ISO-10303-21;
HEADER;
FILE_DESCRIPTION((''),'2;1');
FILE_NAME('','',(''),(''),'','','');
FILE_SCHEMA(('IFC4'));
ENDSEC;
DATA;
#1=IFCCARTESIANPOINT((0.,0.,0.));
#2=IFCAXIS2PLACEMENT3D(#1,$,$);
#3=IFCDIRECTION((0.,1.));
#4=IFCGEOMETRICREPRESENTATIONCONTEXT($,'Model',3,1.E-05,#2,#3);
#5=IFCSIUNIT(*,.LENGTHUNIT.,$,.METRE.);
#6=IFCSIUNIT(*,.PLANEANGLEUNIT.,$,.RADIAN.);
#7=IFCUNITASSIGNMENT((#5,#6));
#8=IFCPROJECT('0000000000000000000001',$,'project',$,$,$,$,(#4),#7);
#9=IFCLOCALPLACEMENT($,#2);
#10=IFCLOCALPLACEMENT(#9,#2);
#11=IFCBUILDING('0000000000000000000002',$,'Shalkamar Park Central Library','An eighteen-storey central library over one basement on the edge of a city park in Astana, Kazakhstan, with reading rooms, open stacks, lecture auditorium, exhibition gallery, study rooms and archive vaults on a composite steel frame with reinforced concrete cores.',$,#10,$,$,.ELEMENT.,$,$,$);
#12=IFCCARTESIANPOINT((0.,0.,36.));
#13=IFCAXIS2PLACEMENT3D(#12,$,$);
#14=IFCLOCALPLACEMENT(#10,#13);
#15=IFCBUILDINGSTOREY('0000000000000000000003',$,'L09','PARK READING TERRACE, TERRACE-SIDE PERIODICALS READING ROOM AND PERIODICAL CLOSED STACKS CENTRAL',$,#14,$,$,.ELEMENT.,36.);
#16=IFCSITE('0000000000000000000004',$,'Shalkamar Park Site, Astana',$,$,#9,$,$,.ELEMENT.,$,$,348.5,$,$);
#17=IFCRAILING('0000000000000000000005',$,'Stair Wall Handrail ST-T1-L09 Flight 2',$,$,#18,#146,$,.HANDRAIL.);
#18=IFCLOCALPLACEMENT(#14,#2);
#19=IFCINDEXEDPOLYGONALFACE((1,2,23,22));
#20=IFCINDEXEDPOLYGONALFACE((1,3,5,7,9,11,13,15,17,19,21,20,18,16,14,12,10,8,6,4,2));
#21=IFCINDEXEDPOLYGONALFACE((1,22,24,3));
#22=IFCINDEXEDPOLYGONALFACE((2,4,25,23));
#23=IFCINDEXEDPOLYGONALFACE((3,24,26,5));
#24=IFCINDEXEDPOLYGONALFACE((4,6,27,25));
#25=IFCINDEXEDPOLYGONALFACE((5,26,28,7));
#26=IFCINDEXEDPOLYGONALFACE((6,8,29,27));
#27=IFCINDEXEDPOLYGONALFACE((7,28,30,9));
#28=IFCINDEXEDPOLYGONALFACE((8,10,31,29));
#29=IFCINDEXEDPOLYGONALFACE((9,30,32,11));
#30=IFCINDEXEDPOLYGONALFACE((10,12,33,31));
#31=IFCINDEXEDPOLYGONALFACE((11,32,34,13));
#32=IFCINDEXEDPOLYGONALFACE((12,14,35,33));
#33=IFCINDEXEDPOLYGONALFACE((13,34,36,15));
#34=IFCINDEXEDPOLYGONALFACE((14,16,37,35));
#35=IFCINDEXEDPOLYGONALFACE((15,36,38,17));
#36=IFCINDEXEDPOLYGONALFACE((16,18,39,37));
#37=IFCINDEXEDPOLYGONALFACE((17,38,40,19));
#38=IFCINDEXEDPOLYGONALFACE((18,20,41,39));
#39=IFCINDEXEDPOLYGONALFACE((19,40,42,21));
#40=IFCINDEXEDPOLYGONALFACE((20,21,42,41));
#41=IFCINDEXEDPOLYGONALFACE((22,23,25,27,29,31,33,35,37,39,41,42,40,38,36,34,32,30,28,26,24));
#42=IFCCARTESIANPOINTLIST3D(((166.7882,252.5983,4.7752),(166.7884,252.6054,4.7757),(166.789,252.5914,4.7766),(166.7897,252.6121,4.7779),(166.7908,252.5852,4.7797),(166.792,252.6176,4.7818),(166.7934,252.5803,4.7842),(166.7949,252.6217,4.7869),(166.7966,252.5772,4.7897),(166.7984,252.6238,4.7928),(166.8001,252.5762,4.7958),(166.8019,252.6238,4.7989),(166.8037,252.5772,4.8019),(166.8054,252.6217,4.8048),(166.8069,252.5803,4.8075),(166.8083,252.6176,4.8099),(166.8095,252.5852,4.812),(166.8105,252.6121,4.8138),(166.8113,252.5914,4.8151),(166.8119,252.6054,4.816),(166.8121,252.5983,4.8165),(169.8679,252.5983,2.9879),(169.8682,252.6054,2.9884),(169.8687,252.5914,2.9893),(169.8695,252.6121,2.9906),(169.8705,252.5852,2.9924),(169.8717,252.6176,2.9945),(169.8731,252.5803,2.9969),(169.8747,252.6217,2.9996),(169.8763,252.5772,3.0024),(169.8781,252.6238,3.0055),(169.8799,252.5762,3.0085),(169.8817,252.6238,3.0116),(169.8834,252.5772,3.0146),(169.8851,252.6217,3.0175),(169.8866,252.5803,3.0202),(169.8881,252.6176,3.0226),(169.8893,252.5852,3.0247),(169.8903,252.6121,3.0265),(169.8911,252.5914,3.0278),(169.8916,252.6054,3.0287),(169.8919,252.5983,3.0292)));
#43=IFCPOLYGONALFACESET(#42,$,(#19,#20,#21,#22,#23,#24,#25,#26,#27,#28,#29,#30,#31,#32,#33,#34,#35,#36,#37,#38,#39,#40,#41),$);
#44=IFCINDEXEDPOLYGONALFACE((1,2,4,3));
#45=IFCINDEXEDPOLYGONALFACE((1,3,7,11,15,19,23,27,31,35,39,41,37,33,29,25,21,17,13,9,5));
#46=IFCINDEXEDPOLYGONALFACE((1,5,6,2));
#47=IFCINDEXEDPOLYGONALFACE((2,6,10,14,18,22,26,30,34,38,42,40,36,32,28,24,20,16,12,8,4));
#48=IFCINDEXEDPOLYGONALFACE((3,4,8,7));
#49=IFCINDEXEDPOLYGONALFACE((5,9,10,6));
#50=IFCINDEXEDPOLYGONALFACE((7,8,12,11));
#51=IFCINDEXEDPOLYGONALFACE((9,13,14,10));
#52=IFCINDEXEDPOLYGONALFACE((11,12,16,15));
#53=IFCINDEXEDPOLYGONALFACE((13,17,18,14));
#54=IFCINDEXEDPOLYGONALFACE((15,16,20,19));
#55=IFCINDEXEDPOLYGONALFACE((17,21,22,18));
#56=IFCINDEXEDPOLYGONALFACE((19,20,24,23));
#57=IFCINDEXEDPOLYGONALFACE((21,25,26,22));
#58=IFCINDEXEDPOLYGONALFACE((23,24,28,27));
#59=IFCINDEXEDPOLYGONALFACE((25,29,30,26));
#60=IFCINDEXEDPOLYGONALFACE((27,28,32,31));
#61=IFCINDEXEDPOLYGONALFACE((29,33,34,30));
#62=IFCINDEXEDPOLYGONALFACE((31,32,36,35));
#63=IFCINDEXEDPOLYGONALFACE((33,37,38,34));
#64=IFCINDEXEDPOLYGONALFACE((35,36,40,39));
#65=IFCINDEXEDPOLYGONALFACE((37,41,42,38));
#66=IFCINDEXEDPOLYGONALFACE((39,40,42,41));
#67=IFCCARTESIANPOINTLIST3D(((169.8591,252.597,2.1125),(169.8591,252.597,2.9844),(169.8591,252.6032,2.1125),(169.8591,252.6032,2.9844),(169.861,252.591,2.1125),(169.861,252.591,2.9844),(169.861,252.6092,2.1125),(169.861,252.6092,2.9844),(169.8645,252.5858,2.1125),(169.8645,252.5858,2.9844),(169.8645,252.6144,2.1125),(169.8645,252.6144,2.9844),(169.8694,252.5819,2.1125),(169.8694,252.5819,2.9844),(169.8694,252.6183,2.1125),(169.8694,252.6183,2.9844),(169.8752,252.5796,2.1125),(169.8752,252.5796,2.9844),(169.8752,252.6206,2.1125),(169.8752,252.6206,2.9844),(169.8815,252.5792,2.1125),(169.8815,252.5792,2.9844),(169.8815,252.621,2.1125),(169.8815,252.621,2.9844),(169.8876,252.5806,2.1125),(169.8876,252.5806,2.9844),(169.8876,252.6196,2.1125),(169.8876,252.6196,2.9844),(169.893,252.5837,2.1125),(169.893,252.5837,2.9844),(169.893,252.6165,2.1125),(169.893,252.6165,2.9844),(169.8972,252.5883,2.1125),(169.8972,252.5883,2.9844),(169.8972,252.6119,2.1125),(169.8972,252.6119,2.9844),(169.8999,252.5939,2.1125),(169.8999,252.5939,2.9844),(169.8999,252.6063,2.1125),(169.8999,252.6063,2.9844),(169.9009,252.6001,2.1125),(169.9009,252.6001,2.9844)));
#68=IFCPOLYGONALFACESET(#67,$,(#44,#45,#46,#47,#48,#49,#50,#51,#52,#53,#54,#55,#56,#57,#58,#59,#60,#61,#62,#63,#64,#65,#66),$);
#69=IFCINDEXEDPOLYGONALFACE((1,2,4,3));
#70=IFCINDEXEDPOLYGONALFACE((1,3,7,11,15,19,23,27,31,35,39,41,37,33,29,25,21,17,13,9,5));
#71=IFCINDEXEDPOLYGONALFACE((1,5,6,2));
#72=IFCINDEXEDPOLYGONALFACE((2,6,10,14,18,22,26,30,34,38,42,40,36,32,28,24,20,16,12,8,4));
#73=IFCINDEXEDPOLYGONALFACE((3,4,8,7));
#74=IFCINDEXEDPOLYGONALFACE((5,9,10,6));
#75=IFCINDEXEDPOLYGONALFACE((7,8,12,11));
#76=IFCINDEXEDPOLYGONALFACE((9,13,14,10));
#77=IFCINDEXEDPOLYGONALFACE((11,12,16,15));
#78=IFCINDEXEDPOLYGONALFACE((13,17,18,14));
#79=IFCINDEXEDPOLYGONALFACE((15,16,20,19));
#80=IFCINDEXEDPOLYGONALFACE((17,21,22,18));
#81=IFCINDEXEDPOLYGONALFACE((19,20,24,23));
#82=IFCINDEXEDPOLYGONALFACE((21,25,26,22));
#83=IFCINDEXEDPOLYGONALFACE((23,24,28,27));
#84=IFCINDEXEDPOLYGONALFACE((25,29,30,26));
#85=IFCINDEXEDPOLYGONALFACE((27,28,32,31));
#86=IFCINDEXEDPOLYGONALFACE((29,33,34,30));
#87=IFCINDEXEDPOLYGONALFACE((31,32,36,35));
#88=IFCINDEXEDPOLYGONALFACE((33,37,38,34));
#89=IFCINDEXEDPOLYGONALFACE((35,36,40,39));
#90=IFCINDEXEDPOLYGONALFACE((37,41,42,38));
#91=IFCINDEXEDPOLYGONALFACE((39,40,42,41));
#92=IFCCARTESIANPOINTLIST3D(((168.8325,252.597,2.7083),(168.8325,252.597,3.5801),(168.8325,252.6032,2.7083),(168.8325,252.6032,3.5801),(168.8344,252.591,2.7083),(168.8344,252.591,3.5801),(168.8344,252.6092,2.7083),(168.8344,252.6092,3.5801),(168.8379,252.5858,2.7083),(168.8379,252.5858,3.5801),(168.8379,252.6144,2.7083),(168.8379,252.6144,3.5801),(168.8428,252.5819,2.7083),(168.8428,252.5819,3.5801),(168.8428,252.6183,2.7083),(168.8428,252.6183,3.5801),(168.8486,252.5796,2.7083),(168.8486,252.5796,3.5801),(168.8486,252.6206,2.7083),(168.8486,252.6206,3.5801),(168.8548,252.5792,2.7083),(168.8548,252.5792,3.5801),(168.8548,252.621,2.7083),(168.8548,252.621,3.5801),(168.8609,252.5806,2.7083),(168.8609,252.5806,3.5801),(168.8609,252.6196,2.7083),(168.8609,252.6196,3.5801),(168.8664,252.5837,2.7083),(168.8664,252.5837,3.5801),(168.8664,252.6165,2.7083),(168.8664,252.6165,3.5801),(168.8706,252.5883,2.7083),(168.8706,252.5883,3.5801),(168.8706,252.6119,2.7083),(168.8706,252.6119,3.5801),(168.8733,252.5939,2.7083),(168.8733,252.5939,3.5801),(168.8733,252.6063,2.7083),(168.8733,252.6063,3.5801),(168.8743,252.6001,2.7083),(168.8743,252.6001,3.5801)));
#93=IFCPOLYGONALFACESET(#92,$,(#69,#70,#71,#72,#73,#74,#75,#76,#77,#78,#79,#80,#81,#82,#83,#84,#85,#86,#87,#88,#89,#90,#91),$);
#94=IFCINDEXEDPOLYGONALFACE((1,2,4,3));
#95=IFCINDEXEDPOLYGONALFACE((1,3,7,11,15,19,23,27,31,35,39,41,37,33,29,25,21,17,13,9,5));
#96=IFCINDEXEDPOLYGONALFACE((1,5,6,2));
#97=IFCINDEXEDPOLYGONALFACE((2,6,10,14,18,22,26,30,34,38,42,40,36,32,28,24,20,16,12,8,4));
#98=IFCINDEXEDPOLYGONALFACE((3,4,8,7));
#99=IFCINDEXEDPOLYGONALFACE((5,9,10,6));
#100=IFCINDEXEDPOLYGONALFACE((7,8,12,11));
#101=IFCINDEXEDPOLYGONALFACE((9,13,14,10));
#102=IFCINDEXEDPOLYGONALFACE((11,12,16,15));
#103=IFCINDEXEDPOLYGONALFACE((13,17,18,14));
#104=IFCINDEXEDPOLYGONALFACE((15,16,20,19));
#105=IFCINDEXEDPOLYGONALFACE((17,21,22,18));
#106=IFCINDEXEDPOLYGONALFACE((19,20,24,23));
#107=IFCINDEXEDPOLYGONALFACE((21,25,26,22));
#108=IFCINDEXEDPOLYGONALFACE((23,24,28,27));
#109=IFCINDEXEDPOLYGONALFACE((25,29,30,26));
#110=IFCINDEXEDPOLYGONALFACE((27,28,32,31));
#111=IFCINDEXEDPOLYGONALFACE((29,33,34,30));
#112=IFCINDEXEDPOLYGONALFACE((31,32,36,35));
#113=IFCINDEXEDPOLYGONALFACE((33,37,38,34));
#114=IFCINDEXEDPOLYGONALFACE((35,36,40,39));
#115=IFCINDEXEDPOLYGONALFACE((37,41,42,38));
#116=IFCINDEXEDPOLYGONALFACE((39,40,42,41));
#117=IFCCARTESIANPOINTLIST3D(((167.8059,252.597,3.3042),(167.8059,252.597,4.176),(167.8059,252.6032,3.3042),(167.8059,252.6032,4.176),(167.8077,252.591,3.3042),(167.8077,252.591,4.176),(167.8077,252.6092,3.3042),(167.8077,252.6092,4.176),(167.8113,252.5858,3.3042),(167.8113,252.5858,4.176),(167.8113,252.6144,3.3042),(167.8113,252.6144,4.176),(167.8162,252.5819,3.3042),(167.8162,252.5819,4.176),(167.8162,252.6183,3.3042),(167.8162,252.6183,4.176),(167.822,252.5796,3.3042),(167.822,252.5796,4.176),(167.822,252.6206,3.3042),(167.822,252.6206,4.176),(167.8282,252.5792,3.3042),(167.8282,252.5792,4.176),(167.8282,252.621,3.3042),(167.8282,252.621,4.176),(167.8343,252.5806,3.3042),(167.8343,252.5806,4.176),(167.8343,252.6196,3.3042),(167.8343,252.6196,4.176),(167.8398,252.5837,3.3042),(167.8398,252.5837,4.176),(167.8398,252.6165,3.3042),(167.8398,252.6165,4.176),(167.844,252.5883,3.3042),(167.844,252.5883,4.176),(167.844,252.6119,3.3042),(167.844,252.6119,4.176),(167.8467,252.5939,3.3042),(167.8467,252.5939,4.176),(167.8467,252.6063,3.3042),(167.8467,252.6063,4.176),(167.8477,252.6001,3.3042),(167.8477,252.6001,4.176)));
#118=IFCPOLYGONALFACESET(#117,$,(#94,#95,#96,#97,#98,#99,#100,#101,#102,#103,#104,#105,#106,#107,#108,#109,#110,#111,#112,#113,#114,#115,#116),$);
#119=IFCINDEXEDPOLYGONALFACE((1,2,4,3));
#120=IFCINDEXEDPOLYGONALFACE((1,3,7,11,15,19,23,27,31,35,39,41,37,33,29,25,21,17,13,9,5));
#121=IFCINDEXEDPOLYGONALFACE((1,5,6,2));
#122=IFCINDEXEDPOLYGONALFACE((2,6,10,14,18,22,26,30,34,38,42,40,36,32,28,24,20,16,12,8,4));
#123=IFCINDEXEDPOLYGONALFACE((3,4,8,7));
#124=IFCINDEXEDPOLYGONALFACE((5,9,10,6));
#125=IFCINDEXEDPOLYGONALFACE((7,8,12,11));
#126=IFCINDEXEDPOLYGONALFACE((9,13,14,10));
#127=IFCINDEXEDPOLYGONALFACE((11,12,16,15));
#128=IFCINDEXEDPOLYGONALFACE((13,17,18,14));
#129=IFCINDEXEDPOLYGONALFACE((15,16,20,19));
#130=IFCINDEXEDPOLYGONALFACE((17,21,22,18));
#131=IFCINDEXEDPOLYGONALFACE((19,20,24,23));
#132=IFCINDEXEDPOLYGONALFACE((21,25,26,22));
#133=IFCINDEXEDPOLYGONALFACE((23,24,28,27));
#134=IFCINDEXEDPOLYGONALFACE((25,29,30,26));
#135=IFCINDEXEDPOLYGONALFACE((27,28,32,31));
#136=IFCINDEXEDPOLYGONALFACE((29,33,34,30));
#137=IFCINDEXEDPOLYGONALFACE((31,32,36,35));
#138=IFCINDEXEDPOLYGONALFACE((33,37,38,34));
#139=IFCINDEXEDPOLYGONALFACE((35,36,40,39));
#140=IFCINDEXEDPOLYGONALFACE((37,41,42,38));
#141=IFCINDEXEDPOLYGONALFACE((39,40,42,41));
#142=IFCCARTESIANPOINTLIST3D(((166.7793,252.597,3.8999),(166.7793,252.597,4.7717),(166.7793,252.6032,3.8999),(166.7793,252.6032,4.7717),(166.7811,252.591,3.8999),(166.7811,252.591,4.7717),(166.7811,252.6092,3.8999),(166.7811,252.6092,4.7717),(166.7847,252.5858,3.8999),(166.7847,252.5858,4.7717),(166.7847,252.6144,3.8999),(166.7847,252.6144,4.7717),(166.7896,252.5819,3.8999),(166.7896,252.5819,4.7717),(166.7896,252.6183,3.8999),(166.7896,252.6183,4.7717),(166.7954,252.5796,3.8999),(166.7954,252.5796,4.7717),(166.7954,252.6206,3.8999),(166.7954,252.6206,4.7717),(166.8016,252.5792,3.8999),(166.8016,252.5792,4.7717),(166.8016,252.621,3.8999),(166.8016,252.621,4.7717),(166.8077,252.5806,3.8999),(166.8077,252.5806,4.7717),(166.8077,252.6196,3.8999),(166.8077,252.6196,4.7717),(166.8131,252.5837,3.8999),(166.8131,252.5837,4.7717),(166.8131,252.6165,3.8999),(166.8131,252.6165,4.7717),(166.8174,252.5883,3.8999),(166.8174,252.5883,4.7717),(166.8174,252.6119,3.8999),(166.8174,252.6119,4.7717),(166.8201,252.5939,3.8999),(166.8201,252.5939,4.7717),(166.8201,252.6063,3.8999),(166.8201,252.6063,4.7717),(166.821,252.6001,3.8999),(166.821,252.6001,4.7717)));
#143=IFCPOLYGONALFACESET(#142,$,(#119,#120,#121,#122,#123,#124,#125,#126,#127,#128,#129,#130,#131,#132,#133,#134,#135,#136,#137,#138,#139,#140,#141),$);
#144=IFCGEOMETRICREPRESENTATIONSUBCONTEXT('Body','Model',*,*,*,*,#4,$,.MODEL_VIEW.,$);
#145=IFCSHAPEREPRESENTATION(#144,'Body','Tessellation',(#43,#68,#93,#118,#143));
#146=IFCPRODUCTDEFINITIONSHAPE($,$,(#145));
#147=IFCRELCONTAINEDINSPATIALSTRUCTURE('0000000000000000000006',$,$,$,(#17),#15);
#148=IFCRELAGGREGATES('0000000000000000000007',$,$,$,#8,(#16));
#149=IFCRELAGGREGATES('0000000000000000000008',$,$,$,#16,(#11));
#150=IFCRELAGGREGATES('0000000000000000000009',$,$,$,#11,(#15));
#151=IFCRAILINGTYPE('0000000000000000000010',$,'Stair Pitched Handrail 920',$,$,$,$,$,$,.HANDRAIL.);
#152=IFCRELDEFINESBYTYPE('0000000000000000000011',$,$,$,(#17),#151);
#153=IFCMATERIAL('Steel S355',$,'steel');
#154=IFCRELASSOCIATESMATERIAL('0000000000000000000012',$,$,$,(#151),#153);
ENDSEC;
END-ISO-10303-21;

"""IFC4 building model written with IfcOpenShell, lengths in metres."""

from ifc_helpers import new_model, si_unit, direction, frame, origin, origin_2d, place, context, subcontext, project, spatial, circle, extrude, material, type_object, element, save


model = new_model("IFC4")

# Units and contexts
model_context = context("Model", 3, precision=1e-05, world=origin(), true_north=direction((0.0, 1.0)))
body_context = subcontext(model_context, "Body", "Model", "MODEL_VIEW")
ifc_project = project(units=[si_unit("LENGTHUNIT", "METRE"), si_unit("PLANEANGLEUNIT", "RADIAN")], contexts=[model_context])

# Site, building, storey
site_placement = place(None, origin())
site = spatial("IfcSite", under=ifc_project, at=site_placement, Name="Shalkamar Park Site, Astana", CompositionType="ELEMENT", RefElevation=348.5)
building_placement = place(site_placement, origin())
building = spatial("IfcBuilding", under=site, at=building_placement, Name="Shalkamar Park Central Library", Description="An eighteen-storey central library over one basement on the edge of a city park in Astana, Kazakhstan, with reading rooms, open stacks, lecture auditorium, exhibition gallery, study rooms and archive vaults on a composite steel frame with reinforced concrete cores.", CompositionType="ELEMENT")
storey_placement = place(building_placement, frame((0.0, 0.0, 36.0)))
storey = spatial("IfcBuildingStorey", under=building, at=storey_placement, Name="L09", Description="PARK READING TERRACE, TERRACE-SIDE PERIODICALS READING ROOM AND PERIODICAL CLOSED STACKS CENTRAL", CompositionType="ELEMENT", Elevation=36.0)

# Shared definitions
ifc_material_1 = material(Name="Steel S355", Category="steel")

# Railing
railing_type_1 = type_object("IfcRailingType", Name="Stair Pitched Handrail 920", PredefinedType="HANDRAIL", material=ifc_material_1)
railing_1_placement = place(storey_placement, frame((169.8799, 252.6001, 2.1125)))
element("IfcRailing", 1, at=railing_1_placement, inside=storey, type_object=railing_type_1, Name="Stair Wall Handrail ST-T1-L09 Flight 2", PredefinedType="HANDRAIL", context=body_context, shape_type="SweptSolid", body=[
    extrude(circle(Radius=0.0239, at=origin_2d()), frame((0.0, 0.0, 0.896), z_axis=(-0.864903, 0.0, 0.501939), x_axis=(0.0, -1.0, 0.0)), (0.0, 0.0, 1.0), 3.5608),
    extrude(circle(Radius=0.021, at=origin_2d()), origin(), (0.0, 0.0, 1.0), 0.8718),
    extrude(circle(Radius=0.021, at=origin_2d()), frame((-1.0266, 0.0, 0.5957)), (0.0, 0.0, 1.0), 0.8718),
    extrude(circle(Radius=0.021, at=origin_2d()), frame((-2.0532, 0.0, 1.1917)), (0.0, 0.0, 1.0), 0.8718),
    extrude(circle(Radius=0.021, at=origin_2d()), frame((-3.0798, 0.0, 1.7874)), (0.0, 0.0, 1.0), 0.8718),
])

save(model, "model.ifc")
